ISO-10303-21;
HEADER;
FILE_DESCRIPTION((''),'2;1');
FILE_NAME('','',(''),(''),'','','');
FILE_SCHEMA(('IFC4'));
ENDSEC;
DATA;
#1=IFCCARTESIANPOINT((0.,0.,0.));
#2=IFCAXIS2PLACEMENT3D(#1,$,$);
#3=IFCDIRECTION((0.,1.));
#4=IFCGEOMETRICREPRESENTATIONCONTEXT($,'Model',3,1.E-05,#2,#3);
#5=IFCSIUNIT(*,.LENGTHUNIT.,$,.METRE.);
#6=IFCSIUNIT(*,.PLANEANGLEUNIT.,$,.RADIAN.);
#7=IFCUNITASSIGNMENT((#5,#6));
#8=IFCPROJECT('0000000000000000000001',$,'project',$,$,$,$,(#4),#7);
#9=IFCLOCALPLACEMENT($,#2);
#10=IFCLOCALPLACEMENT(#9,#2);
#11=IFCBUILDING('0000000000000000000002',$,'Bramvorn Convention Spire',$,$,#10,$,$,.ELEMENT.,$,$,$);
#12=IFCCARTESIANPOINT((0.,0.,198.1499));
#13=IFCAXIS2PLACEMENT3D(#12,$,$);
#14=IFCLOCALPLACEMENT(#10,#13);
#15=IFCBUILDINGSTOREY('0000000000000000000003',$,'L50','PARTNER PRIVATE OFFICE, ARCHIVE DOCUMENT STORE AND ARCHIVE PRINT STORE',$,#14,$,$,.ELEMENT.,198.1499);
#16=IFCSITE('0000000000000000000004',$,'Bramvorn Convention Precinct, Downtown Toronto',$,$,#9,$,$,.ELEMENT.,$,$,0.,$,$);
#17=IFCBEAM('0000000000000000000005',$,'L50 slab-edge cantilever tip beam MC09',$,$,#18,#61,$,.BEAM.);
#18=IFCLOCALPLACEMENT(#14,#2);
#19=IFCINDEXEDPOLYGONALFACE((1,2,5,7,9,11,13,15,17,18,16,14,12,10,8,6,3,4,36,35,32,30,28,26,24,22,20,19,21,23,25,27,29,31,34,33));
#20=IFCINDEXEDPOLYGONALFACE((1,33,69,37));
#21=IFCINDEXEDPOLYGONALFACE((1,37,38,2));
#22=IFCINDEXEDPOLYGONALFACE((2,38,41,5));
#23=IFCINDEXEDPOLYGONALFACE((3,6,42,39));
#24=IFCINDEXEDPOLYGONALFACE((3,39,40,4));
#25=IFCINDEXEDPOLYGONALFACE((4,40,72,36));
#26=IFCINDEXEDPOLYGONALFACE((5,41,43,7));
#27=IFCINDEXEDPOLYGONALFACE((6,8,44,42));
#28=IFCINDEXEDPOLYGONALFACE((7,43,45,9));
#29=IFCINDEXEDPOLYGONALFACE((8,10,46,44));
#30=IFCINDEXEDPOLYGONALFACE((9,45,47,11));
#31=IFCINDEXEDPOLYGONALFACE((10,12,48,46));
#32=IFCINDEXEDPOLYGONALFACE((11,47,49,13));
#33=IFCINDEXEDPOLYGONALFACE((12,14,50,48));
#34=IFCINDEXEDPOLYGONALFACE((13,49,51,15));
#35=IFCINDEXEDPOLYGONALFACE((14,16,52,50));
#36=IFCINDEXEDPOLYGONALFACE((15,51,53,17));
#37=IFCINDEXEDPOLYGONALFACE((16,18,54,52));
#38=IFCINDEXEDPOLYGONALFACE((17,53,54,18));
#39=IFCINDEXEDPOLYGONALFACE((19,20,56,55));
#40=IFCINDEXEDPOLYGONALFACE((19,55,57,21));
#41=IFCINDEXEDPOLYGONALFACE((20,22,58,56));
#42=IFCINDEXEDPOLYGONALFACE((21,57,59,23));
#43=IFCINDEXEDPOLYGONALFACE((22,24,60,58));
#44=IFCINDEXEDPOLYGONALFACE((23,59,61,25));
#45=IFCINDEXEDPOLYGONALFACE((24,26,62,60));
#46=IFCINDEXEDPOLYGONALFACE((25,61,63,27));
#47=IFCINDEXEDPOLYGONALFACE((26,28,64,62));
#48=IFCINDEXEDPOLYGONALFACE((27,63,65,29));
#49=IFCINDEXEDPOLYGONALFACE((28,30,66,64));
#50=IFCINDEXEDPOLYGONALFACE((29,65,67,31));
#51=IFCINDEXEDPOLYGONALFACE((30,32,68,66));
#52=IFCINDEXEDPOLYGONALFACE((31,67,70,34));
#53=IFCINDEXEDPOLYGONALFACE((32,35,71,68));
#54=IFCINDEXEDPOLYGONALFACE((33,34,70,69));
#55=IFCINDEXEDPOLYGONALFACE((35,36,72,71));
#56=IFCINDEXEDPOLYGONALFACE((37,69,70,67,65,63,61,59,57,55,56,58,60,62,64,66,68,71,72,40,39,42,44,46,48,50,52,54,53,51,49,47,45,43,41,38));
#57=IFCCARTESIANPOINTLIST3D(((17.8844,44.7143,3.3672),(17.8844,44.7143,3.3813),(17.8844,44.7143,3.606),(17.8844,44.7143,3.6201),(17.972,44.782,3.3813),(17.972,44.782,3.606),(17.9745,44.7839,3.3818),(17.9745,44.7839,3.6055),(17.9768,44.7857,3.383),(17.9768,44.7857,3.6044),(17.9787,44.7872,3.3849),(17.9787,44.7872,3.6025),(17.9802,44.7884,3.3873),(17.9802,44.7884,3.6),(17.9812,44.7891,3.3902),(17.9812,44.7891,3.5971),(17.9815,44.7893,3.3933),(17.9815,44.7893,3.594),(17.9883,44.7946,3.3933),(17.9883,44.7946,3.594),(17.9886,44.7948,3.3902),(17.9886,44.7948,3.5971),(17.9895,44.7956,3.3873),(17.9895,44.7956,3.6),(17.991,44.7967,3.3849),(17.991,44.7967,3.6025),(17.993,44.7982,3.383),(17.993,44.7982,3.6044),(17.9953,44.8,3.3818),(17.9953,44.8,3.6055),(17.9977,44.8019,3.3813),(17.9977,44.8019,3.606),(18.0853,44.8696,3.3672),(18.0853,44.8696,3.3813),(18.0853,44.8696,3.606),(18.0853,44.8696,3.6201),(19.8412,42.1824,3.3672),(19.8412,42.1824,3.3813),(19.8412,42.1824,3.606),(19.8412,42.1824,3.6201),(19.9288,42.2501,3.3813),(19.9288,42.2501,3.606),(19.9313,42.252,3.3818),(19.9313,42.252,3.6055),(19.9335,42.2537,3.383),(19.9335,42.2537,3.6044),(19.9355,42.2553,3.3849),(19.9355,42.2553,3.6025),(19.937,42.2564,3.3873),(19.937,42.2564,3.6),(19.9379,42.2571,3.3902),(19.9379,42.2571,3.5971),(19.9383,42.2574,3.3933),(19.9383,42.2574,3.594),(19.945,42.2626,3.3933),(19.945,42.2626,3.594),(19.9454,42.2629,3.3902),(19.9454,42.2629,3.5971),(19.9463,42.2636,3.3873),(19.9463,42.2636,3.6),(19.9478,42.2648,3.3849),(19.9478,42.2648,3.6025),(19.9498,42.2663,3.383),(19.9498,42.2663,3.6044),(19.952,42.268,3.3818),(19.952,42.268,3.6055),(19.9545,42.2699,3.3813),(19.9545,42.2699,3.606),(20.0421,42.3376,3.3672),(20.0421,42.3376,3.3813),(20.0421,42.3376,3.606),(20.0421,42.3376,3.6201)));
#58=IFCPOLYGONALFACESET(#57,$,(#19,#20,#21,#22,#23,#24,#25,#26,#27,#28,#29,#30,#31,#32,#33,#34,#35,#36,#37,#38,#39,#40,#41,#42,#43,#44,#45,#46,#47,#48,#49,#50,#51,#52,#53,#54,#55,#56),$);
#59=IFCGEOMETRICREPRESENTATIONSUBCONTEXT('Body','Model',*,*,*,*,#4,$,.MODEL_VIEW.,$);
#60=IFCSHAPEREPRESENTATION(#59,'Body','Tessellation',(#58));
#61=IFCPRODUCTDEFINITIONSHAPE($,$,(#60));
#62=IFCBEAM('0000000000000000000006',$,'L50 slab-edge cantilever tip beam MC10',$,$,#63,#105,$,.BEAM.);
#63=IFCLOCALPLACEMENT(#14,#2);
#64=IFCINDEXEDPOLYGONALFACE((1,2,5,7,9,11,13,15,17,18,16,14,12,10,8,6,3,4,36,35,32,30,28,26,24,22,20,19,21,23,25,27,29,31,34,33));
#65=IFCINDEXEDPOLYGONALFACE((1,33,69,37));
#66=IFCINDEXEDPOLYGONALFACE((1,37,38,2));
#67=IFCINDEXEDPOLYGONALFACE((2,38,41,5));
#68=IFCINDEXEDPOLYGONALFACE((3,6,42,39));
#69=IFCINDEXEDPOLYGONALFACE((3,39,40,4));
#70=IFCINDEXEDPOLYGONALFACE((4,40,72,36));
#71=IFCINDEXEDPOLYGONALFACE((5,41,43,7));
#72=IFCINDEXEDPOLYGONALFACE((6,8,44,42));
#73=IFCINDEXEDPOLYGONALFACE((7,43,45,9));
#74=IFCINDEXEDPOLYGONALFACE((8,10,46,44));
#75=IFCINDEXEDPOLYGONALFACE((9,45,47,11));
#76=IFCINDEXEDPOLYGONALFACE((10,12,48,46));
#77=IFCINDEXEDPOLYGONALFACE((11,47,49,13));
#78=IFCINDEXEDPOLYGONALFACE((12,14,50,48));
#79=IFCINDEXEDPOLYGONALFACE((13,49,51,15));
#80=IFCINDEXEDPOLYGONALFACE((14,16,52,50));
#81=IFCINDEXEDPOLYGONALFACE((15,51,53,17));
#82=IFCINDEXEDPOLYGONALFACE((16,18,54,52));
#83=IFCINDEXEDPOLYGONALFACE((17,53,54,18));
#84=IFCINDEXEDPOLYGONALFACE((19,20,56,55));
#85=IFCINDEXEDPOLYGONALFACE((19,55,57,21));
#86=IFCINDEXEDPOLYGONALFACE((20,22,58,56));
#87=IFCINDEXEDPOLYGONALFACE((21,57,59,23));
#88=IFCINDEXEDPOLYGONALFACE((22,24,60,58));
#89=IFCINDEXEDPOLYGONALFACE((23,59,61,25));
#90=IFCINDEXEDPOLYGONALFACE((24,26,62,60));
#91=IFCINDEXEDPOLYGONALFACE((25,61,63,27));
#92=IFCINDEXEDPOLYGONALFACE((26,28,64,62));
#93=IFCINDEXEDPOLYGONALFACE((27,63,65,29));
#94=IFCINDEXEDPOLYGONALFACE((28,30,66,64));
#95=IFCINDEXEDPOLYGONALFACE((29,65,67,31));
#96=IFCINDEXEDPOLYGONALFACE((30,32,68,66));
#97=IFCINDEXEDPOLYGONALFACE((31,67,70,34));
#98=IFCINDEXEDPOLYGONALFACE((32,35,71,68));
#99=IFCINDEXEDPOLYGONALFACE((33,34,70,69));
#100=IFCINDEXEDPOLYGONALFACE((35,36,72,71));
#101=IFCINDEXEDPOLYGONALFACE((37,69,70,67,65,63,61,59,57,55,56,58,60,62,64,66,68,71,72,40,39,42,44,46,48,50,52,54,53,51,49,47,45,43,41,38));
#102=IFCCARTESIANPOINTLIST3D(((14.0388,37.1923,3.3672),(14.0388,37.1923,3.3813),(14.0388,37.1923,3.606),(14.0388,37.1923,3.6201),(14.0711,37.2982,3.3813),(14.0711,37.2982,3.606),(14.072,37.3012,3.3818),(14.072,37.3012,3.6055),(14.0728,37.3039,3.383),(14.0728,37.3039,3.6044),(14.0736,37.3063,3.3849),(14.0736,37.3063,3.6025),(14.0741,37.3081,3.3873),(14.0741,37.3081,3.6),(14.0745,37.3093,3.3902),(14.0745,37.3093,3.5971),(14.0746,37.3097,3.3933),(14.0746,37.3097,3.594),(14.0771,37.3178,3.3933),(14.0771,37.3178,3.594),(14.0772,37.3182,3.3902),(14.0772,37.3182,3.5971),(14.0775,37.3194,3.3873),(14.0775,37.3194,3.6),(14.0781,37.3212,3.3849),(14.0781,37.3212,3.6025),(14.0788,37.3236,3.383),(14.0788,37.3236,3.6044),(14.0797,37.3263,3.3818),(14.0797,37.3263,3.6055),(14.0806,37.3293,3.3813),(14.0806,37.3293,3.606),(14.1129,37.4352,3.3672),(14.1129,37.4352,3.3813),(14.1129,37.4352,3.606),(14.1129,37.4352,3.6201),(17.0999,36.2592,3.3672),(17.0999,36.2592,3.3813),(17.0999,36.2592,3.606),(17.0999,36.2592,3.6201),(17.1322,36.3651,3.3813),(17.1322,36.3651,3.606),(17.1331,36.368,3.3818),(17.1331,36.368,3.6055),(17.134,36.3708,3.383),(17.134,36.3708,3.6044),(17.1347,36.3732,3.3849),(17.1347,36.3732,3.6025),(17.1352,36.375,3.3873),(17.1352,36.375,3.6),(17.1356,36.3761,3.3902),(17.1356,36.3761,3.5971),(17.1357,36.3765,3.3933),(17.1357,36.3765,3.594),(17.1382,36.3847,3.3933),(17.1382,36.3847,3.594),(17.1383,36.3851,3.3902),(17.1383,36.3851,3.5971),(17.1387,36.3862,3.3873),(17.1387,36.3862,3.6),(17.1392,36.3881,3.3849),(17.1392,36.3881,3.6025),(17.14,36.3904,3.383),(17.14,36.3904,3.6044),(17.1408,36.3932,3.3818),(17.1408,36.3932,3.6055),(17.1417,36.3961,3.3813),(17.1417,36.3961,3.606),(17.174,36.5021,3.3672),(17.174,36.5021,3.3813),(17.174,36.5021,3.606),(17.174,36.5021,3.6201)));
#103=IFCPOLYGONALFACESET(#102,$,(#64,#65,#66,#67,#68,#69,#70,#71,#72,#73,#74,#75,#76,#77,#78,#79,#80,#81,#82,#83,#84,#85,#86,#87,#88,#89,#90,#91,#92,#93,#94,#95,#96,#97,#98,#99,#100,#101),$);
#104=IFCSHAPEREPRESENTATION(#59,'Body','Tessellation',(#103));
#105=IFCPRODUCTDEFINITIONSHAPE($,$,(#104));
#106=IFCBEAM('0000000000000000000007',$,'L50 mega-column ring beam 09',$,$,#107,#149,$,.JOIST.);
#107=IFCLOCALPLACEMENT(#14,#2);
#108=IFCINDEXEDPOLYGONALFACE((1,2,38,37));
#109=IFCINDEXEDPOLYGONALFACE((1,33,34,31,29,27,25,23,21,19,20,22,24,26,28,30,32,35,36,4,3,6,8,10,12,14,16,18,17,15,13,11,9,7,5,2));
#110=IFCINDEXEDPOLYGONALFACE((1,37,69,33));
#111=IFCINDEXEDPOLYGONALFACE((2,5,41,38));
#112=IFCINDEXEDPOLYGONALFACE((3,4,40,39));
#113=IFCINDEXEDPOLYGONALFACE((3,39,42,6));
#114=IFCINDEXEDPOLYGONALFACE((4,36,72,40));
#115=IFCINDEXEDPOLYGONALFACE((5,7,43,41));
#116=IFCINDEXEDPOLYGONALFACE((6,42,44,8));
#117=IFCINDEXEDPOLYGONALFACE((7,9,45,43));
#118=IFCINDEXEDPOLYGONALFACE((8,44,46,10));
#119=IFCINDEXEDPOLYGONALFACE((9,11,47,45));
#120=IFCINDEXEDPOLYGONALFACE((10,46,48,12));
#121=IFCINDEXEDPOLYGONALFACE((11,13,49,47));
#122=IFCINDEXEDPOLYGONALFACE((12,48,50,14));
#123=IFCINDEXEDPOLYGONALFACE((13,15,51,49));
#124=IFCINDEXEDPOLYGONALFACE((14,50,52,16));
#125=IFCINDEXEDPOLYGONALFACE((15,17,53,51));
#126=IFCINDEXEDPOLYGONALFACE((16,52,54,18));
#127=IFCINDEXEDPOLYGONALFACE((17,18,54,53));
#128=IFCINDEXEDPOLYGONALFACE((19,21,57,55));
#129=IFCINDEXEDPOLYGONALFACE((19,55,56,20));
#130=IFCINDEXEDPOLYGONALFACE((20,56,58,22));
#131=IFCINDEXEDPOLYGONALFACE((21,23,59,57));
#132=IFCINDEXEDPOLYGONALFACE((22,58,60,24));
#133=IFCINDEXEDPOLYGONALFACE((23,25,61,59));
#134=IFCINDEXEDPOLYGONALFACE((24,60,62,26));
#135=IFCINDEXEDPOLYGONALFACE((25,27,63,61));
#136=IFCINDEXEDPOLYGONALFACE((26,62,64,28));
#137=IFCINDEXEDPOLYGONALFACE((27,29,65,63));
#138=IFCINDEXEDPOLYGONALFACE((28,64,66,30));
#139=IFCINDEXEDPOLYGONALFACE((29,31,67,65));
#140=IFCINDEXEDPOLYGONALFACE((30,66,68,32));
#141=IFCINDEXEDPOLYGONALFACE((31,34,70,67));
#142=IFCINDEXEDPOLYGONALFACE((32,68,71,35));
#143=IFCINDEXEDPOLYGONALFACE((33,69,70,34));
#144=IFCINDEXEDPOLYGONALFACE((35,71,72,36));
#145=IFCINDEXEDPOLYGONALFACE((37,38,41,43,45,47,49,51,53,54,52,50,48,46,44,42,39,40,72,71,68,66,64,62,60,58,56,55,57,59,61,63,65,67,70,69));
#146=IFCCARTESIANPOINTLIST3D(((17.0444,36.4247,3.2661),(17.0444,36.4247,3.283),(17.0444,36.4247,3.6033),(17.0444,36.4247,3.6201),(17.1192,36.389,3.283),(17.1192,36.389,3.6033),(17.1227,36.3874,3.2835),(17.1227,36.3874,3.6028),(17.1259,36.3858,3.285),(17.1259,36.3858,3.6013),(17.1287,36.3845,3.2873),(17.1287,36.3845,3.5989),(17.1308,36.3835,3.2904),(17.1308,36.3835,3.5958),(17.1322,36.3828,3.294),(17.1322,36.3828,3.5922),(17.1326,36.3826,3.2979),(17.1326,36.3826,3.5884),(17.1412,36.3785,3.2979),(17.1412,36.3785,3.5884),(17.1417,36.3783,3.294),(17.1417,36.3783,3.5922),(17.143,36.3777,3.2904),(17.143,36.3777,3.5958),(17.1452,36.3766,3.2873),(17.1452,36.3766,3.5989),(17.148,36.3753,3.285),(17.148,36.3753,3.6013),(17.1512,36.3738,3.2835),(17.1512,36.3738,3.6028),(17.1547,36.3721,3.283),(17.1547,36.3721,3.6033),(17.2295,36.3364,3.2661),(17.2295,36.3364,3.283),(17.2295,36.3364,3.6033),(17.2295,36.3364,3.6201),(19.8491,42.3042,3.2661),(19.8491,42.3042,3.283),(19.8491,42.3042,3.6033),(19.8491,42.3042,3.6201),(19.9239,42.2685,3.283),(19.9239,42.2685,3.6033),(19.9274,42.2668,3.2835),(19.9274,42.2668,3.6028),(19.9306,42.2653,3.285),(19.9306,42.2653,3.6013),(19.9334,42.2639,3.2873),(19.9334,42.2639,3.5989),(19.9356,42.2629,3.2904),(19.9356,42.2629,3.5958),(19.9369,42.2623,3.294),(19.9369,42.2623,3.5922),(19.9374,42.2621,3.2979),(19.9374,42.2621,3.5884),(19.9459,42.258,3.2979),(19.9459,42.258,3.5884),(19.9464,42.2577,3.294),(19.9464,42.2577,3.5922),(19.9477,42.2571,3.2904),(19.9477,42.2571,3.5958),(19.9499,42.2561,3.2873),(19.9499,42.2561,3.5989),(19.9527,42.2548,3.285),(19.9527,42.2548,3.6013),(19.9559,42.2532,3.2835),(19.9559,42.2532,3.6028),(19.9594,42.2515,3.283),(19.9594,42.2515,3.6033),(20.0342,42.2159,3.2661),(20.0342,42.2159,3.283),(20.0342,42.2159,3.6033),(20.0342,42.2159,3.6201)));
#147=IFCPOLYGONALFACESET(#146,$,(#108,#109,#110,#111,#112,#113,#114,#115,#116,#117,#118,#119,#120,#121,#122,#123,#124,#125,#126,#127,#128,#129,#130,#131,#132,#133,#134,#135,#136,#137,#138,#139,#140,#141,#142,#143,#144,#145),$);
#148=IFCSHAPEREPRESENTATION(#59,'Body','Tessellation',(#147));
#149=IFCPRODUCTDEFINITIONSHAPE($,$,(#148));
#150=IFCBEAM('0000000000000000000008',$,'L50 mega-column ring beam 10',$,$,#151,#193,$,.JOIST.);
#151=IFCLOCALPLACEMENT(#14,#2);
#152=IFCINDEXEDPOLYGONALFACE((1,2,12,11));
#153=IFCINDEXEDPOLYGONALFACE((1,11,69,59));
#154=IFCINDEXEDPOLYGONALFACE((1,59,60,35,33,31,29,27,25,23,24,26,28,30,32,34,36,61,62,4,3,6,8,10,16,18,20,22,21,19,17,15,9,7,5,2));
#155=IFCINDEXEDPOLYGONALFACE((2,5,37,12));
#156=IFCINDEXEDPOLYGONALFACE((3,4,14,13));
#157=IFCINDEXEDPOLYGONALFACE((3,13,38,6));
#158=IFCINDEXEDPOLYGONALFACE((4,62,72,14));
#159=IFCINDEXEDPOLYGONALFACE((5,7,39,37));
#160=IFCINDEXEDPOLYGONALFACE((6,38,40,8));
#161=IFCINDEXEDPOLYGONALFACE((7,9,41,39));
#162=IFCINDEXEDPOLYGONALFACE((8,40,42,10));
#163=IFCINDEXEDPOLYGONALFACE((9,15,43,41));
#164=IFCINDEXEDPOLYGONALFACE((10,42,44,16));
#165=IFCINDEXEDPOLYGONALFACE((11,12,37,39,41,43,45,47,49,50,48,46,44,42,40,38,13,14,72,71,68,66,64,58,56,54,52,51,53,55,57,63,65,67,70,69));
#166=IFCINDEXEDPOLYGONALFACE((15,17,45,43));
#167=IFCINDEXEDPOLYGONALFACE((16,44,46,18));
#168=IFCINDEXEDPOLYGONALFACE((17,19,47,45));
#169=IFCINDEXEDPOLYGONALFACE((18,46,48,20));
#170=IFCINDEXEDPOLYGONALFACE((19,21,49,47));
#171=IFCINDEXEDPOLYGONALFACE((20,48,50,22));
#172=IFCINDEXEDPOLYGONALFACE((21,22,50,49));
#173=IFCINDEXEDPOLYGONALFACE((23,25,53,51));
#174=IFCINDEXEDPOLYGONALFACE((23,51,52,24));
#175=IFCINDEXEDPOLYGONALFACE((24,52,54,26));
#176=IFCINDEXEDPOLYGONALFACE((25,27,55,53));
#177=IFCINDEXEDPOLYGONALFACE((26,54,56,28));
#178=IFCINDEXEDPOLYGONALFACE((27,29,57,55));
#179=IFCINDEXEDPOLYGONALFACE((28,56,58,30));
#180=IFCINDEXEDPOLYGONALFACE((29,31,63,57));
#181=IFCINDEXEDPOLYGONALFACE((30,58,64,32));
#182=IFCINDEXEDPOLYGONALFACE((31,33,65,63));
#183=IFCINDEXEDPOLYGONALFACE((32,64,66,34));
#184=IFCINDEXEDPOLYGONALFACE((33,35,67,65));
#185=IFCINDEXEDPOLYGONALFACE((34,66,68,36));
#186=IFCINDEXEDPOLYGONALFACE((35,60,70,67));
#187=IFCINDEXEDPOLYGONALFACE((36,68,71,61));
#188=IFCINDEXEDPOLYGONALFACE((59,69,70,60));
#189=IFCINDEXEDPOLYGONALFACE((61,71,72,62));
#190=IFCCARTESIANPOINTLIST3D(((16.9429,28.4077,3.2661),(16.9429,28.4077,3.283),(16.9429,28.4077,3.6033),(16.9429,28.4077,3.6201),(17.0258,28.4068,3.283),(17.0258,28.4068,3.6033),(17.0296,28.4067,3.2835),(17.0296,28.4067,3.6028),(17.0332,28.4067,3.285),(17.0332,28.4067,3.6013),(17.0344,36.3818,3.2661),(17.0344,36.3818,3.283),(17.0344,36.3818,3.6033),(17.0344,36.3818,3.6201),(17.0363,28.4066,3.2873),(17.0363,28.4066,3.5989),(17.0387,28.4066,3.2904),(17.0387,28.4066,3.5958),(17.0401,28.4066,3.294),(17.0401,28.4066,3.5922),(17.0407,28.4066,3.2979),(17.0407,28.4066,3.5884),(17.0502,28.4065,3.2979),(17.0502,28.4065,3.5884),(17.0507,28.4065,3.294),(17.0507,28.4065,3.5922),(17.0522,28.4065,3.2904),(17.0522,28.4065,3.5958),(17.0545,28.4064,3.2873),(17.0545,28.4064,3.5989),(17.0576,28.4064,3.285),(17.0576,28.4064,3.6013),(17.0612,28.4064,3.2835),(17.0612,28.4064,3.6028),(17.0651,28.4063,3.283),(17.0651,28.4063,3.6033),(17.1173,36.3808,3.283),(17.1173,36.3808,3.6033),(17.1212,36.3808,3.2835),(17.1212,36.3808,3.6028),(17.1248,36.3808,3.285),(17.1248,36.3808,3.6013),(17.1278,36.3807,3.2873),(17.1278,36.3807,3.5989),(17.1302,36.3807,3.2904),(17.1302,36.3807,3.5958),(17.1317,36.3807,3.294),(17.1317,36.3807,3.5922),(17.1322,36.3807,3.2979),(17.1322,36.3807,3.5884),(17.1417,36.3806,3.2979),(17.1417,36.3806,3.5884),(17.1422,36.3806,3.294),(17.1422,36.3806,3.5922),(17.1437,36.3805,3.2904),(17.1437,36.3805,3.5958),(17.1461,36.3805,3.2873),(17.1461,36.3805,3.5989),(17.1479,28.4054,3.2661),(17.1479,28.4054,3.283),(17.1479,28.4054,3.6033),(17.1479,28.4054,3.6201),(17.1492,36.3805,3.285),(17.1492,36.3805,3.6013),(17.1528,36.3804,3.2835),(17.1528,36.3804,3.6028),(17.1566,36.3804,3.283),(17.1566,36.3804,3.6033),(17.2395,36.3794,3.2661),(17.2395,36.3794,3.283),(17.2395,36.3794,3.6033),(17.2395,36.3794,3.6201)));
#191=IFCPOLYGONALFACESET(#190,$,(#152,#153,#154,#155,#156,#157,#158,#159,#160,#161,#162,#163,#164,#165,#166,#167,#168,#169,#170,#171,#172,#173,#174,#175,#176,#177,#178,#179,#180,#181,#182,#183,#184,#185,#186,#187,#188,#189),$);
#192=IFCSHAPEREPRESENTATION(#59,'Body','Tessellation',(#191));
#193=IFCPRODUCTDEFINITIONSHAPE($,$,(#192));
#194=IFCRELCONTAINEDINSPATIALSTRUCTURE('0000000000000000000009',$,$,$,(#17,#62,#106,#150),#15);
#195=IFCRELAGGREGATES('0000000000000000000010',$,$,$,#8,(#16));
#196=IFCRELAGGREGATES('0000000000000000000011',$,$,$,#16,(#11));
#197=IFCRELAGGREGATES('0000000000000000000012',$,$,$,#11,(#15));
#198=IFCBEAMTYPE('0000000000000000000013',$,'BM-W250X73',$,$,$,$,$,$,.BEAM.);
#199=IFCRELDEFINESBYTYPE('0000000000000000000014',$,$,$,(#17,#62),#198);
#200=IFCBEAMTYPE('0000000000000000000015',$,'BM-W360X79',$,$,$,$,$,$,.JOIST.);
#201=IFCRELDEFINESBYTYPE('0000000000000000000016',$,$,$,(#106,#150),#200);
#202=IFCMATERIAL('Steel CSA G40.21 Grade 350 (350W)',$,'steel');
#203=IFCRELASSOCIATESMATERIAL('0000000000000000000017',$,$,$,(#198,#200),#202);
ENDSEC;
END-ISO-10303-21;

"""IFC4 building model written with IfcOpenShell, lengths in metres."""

from ifc_helpers import new_model, si_unit, direction, frame, origin, origin_2d, place, context, subcontext, project, spatial, i_section, extrude, material, material_profile, profile_set, type_object, element, save


model = new_model("IFC4")

# Units and contexts
model_context = context("Model", 3, precision=1e-05, world=origin(), true_north=direction((0.0, 1.0)))
body_context = subcontext(model_context, "Body", "Model", "MODEL_VIEW")
ifc_project = project(units=[si_unit("LENGTHUNIT", "METRE"), si_unit("PLANEANGLEUNIT", "RADIAN")], contexts=[model_context])

# Site, building, storey
site_placement = place(None, origin())
site = spatial("IfcSite", under=ifc_project, at=site_placement, Name="Bramvorn Convention Precinct, Downtown Toronto", CompositionType="ELEMENT", RefElevation=0.0)
building_placement = place(site_placement, origin())
building = spatial("IfcBuilding", under=site, at=building_placement, Name="Bramvorn Convention Spire", CompositionType="ELEMENT")
storey_placement = place(building_placement, frame((0.0, 0.0, 198.1499)))
storey = spatial("IfcBuildingStorey", under=building, at=storey_placement, Name="L50", Description="PARTNER PRIVATE OFFICE, ARCHIVE DOCUMENT STORE AND ARCHIVE PRINT STORE", CompositionType="ELEMENT", Elevation=198.1499)

# Shared definitions
ifc_material_1 = material(Name="Steel CSA G40.21 Grade 350 (350W)", Category="steel")

# Beams
ifc_material_profile_1 = material_profile(ifc_material_1, i_section(OverallWidth=0.2539, OverallDepth=0.2529, WebThickness=0.0085, FlangeThickness=0.0142, FilletRadius=0.012, at=origin_2d()))
ifc_profile_set_1 = profile_set([ifc_material_profile_1], Name="Steel CSA G40.21 Grade 350 (350W) - W250X73")
beam_type_1 = type_object("IfcBeamType", Name="BM-W250X73", PredefinedType="BEAM", material=ifc_profile_set_1)
beam_1_placement = place(storey_placement, frame((19.9417, 42.26, 3.4937), z_axis=(-0.611497, 0.791246, 0.0), x_axis=(-0.791246, -0.611497, 0.0)))
element("IfcBeam", 1, at=beam_1_placement, inside=storey, type_object=beam_type_1, Name="L50 slab-edge cantilever tip beam MC09", PredefinedType="BEAM", context=body_context, shape_type="SweptSolid", body=[
    extrude(i_section(OverallWidth=0.2539, OverallDepth=0.2529, WebThickness=0.0085, FlangeThickness=0.0142, FilletRadius=0.012, at=origin_2d()), origin(), (0.0, 0.0, 1.0), 3.2),
])
beam_2_placement = place(storey_placement, frame((17.137, 36.3806, 3.4937), z_axis=(-0.956544, 0.291587, 0.0), x_axis=(-0.291587, -0.956544, 0.0)))
element("IfcBeam", 2, at=beam_2_placement, inside=storey, type_object=beam_type_1, Name="L50 slab-edge cantilever tip beam MC10", PredefinedType="BEAM", context=body_context, shape_type="SweptSolid", body=[
    extrude(i_section(OverallWidth=0.2539, OverallDepth=0.2529, WebThickness=0.0085, FlangeThickness=0.0142, FilletRadius=0.012, at=origin_2d()), origin(), (0.0, 0.0, 1.0), 3.2002),
])
ifc_material_profile_2 = material_profile(ifc_material_1, i_section(OverallWidth=0.2051, OverallDepth=0.354, WebThickness=0.0095, FlangeThickness=0.0168, FilletRadius=0.0149, at=origin_2d()))
ifc_profile_set_2 = profile_set([ifc_material_profile_2], Name="Steel CSA G40.21 Grade 350 (350W) - W360X79")
beam_type_2 = type_object("IfcBeamType", Name="BM-W360X79", PredefinedType="JOIST", material=ifc_profile_set_2)
beam_3_placement = place(storey_placement, frame((19.9417, 42.26, 3.4431), z_axis=(-0.430556, -0.902564, 0.0), x_axis=(0.902564, -0.430556, 0.0)))
element("IfcBeam", 3, at=beam_3_placement, inside=storey, type_object=beam_type_2, Name="L50 mega-column ring beam 09", PredefinedType="JOIST", context=body_context, shape_type="SweptSolid", body=[
    extrude(i_section(OverallWidth=0.2051, OverallDepth=0.354, WebThickness=0.0095, FlangeThickness=0.0168, FilletRadius=0.0149, at=origin_2d()), origin(), (0.0, 0.0, 1.0), 6.5142),
])
beam_4_placement = place(storey_placement, frame((17.137, 36.3806, 3.4431), z_axis=(-0.01148, -0.999934, 0.0), x_axis=(0.999934, -0.01148, 0.0)))
element("IfcBeam", 4, at=beam_4_placement, inside=storey, type_object=beam_type_2, Name="L50 mega-column ring beam 10", PredefinedType="JOIST", context=body_context, shape_type="SweptSolid", body=[
    extrude(i_section(OverallWidth=0.2051, OverallDepth=0.354, WebThickness=0.0095, FlangeThickness=0.0168, FilletRadius=0.0149, at=origin_2d()), origin(), (0.0, 0.0, 1.0), 7.9746),
])

save(model, "model.ifc")
